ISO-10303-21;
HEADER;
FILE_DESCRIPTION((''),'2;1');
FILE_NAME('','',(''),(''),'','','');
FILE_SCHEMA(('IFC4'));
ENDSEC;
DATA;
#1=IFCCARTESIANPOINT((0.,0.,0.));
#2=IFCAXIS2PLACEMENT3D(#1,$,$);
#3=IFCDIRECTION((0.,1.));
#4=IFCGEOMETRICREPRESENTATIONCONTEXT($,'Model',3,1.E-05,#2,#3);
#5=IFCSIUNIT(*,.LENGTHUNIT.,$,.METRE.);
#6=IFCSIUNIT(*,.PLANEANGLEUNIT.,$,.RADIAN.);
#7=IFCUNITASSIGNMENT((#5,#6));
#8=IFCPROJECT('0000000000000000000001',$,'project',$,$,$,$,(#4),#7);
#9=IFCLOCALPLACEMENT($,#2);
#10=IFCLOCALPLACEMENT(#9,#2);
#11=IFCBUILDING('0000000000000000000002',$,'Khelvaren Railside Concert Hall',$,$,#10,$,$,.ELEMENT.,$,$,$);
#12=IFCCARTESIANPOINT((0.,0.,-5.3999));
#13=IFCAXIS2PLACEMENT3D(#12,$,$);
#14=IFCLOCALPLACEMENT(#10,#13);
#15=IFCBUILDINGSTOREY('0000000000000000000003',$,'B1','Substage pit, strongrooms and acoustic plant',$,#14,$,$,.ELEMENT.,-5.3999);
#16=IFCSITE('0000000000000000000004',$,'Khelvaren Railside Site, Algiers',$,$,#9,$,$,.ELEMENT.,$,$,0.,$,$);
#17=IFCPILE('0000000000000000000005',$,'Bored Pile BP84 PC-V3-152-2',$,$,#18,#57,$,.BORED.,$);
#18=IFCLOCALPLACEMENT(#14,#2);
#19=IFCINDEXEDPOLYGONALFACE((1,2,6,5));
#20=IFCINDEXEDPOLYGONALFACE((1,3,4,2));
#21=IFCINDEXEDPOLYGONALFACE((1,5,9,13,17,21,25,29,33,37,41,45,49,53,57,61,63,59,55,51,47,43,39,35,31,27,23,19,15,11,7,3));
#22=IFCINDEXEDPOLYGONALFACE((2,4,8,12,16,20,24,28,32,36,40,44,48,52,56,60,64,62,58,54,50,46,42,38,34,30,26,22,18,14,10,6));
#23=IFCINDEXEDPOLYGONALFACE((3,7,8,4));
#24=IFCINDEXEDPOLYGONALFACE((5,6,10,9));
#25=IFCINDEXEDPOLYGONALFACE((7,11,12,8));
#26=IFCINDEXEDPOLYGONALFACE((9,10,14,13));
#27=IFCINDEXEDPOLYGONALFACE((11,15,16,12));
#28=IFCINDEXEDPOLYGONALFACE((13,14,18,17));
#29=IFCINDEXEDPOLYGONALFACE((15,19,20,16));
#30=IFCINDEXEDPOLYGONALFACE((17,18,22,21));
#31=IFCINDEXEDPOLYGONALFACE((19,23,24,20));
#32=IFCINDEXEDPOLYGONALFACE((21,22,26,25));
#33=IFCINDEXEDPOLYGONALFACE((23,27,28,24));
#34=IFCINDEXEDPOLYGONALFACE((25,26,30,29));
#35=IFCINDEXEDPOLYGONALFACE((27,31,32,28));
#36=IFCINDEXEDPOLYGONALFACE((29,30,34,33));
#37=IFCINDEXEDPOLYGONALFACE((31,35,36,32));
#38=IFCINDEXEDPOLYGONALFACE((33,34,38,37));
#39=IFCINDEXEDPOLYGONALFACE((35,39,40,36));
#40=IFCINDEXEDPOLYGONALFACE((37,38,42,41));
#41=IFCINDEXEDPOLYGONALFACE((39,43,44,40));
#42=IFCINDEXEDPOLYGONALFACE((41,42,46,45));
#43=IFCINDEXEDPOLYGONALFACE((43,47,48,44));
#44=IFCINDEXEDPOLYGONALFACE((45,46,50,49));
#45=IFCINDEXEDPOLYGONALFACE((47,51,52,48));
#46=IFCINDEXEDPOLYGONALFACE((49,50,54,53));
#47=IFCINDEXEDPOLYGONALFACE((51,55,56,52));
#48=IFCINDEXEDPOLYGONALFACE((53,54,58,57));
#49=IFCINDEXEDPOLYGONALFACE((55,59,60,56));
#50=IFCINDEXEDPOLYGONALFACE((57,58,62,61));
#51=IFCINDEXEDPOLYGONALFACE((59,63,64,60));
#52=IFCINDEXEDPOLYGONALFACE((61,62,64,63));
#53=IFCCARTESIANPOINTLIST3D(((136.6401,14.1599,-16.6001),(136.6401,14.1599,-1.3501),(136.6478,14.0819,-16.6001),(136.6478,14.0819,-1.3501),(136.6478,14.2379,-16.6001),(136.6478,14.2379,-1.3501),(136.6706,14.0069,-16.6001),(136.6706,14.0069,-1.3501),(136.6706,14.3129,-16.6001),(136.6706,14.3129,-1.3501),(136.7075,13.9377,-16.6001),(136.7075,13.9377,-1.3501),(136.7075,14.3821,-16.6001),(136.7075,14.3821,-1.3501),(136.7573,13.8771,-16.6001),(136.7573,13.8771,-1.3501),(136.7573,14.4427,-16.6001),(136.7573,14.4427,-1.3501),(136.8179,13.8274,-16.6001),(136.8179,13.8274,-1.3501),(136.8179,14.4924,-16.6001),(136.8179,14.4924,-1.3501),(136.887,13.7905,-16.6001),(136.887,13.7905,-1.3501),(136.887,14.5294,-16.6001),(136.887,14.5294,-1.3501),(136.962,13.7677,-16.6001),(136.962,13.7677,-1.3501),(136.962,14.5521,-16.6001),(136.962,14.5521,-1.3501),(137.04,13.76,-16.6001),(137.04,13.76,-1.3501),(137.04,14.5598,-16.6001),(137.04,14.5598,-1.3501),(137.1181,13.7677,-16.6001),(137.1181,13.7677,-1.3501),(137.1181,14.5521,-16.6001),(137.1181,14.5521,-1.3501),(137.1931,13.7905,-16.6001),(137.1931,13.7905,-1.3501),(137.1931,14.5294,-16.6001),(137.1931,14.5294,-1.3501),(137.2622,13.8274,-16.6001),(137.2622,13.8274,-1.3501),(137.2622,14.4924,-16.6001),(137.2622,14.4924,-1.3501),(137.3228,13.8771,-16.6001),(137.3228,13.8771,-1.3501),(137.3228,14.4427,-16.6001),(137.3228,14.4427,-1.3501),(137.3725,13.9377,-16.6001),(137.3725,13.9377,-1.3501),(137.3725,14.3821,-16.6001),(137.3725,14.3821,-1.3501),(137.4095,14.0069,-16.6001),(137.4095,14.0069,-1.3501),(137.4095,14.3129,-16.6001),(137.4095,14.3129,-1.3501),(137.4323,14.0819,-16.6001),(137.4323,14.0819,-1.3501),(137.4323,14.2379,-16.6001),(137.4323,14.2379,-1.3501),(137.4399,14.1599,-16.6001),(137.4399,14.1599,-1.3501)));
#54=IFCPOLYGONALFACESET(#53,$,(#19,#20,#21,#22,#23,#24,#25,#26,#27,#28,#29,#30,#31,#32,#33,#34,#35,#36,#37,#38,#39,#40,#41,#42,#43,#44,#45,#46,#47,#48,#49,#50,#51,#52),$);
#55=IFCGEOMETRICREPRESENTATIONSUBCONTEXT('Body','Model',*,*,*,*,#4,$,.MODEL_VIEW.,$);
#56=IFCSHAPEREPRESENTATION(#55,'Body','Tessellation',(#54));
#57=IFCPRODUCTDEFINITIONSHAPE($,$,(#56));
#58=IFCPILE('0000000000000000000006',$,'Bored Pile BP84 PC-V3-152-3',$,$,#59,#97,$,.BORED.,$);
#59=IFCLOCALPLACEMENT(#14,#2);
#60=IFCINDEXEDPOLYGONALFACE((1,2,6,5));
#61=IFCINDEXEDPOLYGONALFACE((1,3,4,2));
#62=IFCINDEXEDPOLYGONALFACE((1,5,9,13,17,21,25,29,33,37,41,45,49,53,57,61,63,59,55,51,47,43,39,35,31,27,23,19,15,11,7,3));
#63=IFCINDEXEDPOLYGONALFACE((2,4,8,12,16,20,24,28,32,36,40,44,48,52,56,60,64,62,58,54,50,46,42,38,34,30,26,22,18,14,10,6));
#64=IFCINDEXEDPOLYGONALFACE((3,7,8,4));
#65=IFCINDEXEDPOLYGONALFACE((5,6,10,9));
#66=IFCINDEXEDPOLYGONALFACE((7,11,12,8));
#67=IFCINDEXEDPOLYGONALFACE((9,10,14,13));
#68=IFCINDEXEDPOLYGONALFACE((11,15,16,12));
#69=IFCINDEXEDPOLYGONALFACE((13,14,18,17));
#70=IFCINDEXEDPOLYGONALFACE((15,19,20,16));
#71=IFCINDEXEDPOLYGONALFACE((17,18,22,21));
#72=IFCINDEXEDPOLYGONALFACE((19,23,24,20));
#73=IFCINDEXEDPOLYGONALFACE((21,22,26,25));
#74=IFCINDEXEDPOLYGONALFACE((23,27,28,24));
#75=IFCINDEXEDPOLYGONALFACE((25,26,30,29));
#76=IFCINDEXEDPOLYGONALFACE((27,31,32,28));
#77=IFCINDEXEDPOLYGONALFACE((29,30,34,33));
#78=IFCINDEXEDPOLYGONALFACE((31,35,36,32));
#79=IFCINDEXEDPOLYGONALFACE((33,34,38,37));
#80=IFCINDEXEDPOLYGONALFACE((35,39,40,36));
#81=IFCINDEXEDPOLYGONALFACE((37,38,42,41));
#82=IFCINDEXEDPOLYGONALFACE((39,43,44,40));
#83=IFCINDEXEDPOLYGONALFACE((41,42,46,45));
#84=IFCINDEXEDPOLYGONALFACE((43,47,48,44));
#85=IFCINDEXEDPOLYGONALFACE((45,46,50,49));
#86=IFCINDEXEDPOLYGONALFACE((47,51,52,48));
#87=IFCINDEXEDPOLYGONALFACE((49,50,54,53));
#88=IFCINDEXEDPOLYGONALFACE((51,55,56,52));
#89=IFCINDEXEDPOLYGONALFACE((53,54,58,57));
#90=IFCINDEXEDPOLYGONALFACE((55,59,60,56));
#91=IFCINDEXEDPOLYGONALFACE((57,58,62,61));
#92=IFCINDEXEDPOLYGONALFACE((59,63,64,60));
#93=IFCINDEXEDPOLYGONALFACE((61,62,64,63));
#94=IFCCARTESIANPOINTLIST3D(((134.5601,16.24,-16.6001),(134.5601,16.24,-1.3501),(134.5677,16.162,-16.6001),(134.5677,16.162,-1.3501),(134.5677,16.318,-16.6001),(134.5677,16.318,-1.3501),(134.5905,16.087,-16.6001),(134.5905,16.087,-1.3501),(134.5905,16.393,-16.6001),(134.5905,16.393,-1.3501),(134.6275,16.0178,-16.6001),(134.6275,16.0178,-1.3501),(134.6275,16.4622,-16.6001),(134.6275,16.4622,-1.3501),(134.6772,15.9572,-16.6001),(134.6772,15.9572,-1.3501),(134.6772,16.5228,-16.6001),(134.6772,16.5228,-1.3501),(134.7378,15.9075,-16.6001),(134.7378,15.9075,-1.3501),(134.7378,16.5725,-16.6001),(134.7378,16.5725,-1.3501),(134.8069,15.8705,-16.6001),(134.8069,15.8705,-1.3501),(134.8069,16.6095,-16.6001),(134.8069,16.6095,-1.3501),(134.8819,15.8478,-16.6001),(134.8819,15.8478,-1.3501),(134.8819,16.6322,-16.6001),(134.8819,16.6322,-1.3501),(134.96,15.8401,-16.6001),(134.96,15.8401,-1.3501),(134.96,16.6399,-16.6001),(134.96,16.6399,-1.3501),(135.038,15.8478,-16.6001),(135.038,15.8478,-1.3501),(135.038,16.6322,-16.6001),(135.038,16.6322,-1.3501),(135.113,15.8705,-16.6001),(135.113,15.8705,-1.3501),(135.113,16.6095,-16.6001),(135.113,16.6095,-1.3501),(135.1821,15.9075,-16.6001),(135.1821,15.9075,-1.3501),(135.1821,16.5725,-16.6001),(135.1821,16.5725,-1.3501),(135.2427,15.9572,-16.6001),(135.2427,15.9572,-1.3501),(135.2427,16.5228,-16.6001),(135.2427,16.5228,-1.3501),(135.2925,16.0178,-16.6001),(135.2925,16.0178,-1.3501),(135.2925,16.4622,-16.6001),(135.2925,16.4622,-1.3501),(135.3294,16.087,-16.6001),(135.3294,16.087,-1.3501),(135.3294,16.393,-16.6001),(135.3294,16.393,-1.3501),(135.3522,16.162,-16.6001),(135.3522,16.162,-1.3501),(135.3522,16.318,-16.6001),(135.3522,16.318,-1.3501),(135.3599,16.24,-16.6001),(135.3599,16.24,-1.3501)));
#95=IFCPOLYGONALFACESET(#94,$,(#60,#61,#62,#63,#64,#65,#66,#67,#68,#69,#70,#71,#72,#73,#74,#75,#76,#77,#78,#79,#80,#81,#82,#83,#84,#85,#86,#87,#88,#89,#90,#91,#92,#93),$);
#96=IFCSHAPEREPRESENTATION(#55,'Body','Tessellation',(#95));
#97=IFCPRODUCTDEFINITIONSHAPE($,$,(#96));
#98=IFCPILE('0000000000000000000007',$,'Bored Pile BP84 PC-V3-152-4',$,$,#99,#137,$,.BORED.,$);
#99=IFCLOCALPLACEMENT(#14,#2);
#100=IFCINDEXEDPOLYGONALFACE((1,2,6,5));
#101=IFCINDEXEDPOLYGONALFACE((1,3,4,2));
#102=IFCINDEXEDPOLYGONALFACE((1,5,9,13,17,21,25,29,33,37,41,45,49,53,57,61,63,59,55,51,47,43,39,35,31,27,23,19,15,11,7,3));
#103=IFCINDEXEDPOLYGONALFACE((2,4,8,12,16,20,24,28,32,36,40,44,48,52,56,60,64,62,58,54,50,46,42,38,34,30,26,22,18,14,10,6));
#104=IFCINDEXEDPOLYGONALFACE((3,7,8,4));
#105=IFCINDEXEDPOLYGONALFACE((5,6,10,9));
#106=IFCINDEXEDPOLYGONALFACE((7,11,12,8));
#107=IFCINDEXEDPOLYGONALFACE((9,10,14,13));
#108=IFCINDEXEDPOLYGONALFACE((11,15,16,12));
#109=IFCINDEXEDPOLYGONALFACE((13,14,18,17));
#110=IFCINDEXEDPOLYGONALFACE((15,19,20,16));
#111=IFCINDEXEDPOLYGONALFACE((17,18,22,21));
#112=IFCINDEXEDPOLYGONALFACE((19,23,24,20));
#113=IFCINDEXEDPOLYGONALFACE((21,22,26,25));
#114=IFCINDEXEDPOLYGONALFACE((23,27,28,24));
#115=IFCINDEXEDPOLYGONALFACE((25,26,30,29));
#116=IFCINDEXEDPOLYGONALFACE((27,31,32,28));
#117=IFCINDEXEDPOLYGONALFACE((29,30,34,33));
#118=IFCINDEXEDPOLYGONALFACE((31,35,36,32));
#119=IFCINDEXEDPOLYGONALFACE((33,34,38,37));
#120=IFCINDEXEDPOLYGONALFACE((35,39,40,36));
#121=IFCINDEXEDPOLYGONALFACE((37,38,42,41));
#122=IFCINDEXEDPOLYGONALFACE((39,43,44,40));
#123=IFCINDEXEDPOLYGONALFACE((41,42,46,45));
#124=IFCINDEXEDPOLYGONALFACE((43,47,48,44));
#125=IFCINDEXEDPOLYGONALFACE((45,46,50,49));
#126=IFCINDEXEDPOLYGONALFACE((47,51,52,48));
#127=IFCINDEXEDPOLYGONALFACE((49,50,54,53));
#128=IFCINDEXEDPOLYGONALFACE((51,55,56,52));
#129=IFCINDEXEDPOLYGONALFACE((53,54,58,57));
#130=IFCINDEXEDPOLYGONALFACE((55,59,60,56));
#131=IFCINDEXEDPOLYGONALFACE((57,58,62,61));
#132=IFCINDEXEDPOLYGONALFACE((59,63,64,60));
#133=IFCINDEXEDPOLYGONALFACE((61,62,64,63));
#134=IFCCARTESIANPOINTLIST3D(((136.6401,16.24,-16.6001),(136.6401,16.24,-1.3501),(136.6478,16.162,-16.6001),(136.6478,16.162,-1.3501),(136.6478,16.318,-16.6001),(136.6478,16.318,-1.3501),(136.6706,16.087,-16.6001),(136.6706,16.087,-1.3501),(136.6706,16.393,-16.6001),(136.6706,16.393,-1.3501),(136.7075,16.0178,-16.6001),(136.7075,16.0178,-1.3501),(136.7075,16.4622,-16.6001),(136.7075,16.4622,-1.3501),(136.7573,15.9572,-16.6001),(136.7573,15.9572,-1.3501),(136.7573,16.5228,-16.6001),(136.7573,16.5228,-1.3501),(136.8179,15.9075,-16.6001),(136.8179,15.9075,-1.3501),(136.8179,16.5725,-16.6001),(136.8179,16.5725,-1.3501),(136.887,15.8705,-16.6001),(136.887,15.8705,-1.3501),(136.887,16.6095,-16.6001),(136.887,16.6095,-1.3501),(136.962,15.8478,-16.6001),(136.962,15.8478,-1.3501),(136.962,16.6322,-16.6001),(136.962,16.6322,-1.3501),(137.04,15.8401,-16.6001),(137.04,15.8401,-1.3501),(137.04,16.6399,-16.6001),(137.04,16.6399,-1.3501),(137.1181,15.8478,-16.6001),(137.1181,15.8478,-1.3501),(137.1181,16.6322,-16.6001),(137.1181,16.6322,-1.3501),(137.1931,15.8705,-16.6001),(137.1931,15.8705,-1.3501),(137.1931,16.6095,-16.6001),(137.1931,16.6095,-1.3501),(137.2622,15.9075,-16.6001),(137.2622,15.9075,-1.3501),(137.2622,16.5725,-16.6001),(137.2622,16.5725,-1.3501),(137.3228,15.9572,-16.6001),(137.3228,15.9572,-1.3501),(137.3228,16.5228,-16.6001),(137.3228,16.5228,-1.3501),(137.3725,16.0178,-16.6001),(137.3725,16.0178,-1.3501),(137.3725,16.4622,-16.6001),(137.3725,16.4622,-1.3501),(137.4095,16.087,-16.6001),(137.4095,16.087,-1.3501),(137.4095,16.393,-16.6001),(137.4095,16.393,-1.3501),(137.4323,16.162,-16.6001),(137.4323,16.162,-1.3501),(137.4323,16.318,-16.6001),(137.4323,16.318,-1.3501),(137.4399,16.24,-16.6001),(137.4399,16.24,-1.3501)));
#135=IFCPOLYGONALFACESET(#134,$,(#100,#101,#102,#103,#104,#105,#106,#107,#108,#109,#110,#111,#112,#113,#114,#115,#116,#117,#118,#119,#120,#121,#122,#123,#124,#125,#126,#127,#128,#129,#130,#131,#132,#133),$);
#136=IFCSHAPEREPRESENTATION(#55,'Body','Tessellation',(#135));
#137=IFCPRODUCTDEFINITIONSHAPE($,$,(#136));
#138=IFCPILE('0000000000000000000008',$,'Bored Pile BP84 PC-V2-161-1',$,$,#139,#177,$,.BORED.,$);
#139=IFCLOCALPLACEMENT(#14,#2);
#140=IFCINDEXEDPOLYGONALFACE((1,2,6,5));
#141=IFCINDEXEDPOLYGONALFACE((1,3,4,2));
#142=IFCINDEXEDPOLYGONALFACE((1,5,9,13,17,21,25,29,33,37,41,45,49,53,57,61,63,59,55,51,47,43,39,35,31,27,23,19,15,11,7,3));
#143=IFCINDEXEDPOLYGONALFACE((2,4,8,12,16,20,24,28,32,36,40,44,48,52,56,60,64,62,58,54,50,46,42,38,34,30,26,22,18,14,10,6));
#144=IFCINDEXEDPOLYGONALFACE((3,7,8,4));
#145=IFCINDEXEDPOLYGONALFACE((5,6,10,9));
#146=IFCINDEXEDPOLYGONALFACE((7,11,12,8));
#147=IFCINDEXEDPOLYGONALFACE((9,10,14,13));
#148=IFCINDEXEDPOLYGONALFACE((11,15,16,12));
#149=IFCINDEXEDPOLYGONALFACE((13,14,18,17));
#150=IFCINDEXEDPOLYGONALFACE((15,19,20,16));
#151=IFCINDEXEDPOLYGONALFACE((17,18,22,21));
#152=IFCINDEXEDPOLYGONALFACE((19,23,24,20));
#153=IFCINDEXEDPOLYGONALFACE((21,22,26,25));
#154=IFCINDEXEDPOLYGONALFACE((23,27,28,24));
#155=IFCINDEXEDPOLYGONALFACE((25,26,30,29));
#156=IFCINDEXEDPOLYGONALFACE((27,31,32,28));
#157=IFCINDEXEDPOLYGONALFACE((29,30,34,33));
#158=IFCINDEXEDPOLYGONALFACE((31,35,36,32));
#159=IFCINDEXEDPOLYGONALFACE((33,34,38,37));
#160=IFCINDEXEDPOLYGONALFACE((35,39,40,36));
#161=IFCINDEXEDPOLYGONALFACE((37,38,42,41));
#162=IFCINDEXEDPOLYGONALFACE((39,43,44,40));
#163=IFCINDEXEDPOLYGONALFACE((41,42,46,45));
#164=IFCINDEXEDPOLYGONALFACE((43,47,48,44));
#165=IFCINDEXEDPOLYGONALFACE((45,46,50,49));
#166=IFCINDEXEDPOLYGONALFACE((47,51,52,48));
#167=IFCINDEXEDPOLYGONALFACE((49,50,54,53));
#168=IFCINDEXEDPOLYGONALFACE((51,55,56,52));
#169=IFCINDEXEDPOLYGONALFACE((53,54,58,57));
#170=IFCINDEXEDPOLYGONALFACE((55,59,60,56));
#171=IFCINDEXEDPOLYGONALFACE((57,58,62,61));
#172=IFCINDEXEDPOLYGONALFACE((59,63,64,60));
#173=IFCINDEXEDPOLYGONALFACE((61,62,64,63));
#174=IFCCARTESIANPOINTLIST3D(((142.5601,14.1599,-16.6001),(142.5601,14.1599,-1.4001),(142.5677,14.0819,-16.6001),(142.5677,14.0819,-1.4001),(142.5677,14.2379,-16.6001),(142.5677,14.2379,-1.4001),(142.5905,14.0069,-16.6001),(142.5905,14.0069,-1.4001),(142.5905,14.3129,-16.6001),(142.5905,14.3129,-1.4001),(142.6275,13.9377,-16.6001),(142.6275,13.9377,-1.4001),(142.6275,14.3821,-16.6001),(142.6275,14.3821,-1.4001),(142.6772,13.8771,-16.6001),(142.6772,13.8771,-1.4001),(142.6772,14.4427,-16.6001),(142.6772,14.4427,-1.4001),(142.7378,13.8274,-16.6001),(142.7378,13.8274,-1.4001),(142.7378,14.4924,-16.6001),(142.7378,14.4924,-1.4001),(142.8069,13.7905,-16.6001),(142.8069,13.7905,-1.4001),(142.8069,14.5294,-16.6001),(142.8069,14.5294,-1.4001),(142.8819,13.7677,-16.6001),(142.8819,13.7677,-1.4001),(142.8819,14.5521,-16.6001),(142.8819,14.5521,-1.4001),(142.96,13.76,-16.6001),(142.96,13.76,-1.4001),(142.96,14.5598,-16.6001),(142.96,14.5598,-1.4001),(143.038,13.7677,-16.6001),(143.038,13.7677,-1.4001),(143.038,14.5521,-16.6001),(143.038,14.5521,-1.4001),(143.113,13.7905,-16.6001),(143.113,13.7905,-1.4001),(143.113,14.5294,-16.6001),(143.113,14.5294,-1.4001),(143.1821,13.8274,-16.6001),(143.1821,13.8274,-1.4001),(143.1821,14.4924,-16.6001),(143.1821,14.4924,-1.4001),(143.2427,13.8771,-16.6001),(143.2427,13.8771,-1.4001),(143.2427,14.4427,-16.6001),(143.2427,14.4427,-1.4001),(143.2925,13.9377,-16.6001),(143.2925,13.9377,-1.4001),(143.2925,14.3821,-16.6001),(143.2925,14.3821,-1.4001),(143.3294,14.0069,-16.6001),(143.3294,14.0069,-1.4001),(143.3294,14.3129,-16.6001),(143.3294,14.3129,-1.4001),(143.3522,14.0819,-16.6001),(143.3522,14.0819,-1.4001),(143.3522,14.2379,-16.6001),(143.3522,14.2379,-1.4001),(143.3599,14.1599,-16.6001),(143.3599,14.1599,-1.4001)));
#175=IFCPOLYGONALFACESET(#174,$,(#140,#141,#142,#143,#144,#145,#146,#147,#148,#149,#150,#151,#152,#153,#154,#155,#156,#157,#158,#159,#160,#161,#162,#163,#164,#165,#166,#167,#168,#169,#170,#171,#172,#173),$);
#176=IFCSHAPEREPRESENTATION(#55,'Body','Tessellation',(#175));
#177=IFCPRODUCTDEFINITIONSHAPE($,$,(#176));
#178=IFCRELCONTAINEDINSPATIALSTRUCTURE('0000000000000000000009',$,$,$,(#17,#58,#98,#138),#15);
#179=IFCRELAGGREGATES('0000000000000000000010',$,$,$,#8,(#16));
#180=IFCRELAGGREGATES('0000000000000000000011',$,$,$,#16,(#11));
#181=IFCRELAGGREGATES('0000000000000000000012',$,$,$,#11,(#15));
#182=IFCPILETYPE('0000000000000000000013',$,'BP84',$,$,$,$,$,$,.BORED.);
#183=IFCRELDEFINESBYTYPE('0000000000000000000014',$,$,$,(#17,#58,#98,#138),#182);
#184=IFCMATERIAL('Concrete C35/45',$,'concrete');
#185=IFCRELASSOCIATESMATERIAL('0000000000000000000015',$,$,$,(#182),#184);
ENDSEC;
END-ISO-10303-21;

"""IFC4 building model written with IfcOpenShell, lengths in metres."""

from ifc_helpers import new_model, si_unit, direction, frame, origin, origin_2d, place, context, subcontext, project, spatial, circle, extrude, material, material_profile, profile_set, type_object, element, save


model = new_model("IFC4")

# Units and contexts
model_context = context("Model", 3, precision=1e-05, world=origin(), true_north=direction((0.0, 1.0)))
body_context = subcontext(model_context, "Body", "Model", "MODEL_VIEW")
ifc_project = project(units=[si_unit("LENGTHUNIT", "METRE"), si_unit("PLANEANGLEUNIT", "RADIAN")], contexts=[model_context])

# Site, building, storey
site_placement = place(None, origin())
site = spatial("IfcSite", under=ifc_project, at=site_placement, Name="Khelvaren Railside Site, Algiers", CompositionType="ELEMENT", RefElevation=0.0)
building_placement = place(site_placement, origin())
building = spatial("IfcBuilding", under=site, at=building_placement, Name="Khelvaren Railside Concert Hall", CompositionType="ELEMENT")
storey_placement = place(building_placement, frame((0.0, 0.0, -5.3999)))
storey = spatial("IfcBuildingStorey", under=building, at=storey_placement, Name="B1", Description="Substage pit, strongrooms and acoustic plant", CompositionType="ELEMENT", Elevation=-5.3999)

# Piles
ifc_material_1 = material(Name="Concrete C35/45", Category="concrete")
ifc_material_profile_1 = material_profile(ifc_material_1, circle(Radius=0.3999, at=origin_2d()), Name="BP D800")
ifc_profile_set_1 = profile_set([ifc_material_profile_1], Name="Concrete C35/45")
pile_type_1 = type_object("IfcPileType", Name="BP84", PredefinedType="BORED", material=ifc_profile_set_1)
for number, where, z_axis, x_axis, name in (
    (1, (137.04, 14.1599, -1.3501), (0.0, 0.0, -1.0), (1.0, 0.0, 0.0), "Bored Pile BP84 PC-V3-152-2"),
    (2, (134.96, 16.24, -1.3501), (0.0, 0.0, -1.0), (1.0, 0.0, 0.0), "Bored Pile BP84 PC-V3-152-3"),
    (3, (137.04, 16.24, -1.3501), (0.0, 0.0, -1.0), (1.0, 0.0, 0.0), "Bored Pile BP84 PC-V3-152-4"),
):
    element("IfcPile", number, at=place(storey_placement, frame(where, z_axis=z_axis, x_axis=x_axis)), inside=storey, type_object=pile_type_1, Name=name, PredefinedType="BORED", context=body_context, shape_type="SweptSolid", body=[
        extrude(circle(Radius=0.3999, at=origin_2d()), origin(), (0.0, 0.0, 1.0), 15.25),
    ])
for number, where, z_axis, x_axis, name in (
    (4, (142.96, 14.1599, -1.4001), (0.0, 0.0, -1.0), (1.0, 0.0, 0.0), "Bored Pile BP84 PC-V2-161-1"),
):
    element("IfcPile", number, at=place(storey_placement, frame(where, z_axis=z_axis, x_axis=x_axis)), inside=storey, type_object=pile_type_1, Name=name, PredefinedType="BORED", context=body_context, shape_type="SweptSolid", body=[
        extrude(circle(Radius=0.3999, at=origin_2d()), origin(), (0.0, 0.0, 1.0), 15.2),
    ])

save(model, "model.ifc")
